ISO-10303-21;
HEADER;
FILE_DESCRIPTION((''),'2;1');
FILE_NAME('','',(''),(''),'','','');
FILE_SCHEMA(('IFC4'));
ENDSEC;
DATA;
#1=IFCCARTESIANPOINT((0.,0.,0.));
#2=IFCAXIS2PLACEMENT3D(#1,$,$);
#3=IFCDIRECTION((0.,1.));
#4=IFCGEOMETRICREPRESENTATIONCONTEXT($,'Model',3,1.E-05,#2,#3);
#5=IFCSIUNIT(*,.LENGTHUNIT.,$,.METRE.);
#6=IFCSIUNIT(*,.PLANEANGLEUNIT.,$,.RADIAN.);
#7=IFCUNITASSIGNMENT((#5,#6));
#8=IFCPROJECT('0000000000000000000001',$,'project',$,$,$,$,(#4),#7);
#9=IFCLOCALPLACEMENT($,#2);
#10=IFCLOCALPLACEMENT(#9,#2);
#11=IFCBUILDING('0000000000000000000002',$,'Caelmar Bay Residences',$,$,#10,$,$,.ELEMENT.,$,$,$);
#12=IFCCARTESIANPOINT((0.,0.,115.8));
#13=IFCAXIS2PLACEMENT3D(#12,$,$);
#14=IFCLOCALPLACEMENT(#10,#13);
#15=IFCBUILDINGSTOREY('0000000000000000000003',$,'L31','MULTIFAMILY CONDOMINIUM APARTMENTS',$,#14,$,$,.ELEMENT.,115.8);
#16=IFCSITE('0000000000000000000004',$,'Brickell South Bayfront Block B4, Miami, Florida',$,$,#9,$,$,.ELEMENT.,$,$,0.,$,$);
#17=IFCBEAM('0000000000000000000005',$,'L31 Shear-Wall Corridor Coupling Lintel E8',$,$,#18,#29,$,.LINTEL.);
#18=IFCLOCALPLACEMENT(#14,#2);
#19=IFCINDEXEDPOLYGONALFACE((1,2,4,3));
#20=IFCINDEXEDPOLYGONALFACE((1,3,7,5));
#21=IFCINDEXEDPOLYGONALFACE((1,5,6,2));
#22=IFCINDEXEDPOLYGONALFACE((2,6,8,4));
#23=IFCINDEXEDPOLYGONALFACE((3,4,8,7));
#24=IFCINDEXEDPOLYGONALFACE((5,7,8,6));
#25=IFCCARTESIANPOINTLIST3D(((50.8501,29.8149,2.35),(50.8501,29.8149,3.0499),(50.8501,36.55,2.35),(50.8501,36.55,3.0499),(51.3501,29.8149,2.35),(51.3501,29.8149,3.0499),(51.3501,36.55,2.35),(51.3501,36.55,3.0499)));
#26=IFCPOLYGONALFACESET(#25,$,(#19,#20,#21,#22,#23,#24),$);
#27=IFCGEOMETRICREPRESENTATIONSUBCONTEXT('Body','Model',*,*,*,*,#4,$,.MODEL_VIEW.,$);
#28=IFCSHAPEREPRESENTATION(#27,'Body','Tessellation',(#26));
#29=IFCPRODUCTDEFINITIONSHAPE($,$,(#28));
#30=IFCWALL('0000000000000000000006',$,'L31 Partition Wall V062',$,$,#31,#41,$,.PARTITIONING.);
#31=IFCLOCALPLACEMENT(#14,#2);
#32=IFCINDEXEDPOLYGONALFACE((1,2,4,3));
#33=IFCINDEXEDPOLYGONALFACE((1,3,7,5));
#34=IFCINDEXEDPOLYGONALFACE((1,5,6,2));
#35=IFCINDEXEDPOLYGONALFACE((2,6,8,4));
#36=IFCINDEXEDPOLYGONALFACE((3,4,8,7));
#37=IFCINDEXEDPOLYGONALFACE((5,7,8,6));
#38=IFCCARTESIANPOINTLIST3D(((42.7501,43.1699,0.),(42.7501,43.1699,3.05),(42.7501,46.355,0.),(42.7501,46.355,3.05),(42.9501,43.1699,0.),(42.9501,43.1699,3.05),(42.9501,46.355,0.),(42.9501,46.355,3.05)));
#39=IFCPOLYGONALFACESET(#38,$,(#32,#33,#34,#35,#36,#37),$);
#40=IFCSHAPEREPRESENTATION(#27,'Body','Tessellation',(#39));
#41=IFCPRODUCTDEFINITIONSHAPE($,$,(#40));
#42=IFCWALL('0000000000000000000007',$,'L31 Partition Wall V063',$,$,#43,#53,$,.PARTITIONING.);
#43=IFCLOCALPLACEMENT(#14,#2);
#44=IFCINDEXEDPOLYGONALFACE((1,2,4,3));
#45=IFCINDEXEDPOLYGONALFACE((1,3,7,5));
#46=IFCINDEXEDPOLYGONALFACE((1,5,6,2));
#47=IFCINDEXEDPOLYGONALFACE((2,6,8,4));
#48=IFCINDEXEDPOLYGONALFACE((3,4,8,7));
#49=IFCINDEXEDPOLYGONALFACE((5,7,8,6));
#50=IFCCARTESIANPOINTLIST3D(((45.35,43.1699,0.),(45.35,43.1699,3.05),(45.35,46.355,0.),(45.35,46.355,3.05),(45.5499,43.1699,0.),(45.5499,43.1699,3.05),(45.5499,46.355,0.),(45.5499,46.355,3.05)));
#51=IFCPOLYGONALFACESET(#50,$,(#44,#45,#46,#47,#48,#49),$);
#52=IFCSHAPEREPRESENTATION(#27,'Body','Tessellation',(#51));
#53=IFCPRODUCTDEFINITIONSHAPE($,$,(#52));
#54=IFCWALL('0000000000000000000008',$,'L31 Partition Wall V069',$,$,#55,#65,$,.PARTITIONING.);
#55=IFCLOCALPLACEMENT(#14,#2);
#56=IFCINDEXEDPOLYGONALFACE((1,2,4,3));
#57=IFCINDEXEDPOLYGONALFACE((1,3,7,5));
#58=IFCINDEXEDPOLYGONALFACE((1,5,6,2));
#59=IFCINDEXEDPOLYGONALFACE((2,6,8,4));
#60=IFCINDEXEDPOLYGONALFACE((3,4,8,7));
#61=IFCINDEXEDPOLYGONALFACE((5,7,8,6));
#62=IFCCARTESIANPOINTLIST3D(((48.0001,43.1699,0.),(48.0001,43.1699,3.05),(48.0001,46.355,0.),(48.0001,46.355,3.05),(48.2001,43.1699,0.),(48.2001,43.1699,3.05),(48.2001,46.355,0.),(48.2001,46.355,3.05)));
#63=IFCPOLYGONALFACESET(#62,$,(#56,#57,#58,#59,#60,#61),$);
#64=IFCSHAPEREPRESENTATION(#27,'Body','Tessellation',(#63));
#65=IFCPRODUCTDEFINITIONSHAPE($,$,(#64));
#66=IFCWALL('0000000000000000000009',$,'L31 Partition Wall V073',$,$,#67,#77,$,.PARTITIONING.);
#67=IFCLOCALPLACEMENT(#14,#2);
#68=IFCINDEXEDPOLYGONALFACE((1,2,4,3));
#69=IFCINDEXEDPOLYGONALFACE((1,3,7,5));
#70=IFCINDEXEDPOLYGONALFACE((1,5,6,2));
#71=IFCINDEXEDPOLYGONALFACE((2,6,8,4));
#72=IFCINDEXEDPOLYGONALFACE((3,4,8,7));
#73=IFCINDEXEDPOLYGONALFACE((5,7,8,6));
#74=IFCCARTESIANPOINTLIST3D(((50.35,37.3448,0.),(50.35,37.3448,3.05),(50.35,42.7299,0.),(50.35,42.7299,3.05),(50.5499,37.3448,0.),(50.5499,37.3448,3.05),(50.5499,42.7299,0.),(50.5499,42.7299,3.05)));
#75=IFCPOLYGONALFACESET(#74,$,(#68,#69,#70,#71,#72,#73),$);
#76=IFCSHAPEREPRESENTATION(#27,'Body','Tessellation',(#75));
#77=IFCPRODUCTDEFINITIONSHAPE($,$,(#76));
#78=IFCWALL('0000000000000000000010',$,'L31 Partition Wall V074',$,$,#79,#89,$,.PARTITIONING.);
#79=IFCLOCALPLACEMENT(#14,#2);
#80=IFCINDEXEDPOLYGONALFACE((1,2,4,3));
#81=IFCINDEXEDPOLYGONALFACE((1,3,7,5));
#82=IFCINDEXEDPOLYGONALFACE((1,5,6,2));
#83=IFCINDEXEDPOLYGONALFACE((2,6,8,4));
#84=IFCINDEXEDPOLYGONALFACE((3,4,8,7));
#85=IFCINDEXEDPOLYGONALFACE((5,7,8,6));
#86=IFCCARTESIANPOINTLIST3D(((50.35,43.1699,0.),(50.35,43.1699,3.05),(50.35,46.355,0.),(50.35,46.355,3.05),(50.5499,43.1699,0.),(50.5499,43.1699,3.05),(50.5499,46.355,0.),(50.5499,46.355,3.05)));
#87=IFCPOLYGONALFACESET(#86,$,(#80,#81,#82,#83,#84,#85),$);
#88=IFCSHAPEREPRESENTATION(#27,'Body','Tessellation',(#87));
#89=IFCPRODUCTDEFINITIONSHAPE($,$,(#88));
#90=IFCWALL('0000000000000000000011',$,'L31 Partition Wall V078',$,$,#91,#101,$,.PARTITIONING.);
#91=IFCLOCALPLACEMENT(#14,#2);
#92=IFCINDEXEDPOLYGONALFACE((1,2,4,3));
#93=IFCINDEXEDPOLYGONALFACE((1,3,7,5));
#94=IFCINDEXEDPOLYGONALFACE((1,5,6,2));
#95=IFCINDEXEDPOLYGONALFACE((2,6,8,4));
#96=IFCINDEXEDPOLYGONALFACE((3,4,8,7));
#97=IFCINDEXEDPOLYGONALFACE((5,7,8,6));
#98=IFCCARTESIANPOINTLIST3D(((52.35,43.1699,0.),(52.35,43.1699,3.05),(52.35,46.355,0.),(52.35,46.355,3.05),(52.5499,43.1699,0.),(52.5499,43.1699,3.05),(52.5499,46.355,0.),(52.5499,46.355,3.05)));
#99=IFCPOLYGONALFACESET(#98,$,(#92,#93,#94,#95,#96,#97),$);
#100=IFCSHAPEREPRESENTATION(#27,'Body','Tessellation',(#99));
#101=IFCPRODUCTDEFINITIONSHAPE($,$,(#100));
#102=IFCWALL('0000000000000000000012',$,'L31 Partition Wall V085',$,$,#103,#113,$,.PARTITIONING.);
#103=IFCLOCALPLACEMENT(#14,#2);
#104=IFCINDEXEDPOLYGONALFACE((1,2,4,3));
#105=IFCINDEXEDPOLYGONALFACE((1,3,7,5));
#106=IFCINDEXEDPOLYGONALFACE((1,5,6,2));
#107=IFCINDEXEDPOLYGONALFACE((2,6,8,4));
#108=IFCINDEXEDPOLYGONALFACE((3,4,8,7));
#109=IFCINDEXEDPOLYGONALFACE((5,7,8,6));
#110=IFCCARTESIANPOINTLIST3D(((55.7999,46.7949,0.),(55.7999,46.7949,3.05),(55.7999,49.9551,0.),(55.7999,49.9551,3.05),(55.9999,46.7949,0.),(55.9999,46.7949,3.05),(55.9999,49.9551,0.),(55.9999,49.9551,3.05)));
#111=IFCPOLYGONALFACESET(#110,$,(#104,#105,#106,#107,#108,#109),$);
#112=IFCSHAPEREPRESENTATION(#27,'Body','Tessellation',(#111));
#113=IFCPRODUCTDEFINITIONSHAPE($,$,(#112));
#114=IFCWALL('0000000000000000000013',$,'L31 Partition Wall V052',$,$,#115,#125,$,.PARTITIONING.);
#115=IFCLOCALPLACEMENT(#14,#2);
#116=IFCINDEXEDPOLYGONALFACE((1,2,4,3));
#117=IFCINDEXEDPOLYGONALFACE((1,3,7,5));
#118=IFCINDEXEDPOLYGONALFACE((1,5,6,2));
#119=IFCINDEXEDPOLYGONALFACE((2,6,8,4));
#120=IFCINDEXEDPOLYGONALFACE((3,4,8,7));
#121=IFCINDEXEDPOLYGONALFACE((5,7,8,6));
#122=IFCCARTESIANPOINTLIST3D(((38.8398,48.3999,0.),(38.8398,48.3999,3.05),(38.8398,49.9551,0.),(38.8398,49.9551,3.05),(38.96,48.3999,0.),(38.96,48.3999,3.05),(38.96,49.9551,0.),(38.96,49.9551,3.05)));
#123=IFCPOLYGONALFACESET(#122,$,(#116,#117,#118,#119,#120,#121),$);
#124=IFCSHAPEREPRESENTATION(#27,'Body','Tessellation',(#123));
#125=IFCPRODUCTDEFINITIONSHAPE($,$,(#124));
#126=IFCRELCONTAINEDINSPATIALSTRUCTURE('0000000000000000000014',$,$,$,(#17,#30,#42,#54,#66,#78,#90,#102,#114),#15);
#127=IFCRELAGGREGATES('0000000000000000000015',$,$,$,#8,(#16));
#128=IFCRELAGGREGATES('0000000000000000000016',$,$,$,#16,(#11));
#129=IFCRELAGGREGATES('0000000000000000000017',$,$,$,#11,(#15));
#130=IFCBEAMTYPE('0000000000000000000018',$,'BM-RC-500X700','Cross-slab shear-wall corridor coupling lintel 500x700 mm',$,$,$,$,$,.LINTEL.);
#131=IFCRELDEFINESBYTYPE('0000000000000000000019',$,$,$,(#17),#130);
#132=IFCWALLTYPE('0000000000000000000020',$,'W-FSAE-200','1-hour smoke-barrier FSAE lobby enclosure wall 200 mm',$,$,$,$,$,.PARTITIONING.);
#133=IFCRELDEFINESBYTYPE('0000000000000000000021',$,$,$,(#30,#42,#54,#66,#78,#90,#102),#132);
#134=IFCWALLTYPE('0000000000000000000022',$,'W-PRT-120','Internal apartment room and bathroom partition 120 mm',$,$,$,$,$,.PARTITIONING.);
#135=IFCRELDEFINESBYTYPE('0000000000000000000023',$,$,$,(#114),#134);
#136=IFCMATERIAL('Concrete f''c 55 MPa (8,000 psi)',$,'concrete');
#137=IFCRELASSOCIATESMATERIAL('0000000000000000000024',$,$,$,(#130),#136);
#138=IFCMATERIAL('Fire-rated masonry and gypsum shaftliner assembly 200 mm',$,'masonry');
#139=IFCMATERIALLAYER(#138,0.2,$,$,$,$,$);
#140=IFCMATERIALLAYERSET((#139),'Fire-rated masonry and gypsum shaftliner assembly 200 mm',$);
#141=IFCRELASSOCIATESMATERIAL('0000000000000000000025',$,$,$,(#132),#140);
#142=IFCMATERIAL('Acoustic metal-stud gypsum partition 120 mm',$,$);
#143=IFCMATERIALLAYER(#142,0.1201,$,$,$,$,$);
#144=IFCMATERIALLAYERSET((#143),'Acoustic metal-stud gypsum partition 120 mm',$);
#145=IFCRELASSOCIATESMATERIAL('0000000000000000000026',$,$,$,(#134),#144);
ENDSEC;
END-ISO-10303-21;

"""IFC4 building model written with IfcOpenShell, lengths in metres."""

from ifc_helpers import new_model, si_unit, direction, frame, frame_2d, origin, origin_2d, place, context, subcontext, project, spatial, rectangle, extrude, material, layer, layer_set, material_profile, profile_set, type_object, element, save


model = new_model("IFC4")

# Units and contexts
model_context = context("Model", 3, precision=1e-05, world=origin(), true_north=direction((0.0, 1.0)))
body_context = subcontext(model_context, "Body", "Model", "MODEL_VIEW")
ifc_project = project(units=[si_unit("LENGTHUNIT", "METRE"), si_unit("PLANEANGLEUNIT", "RADIAN")], contexts=[model_context])

# Site, building, storey
site_placement = place(None, origin())
site = spatial("IfcSite", under=ifc_project, at=site_placement, Name="Brickell South Bayfront Block B4, Miami, Florida", CompositionType="ELEMENT", RefElevation=0.0)
building_placement = place(site_placement, origin())
building = spatial("IfcBuilding", under=site, at=building_placement, Name="Caelmar Bay Residences", CompositionType="ELEMENT")
storey_placement = place(building_placement, frame((0.0, 0.0, 115.8)))
storey = spatial("IfcBuildingStorey", under=building, at=storey_placement, Name="L31", Description="MULTIFAMILY CONDOMINIUM APARTMENTS", CompositionType="ELEMENT", Elevation=115.8)

# Beam
ifc_material_1 = material(Name="Concrete f'c 55 MPa (8,000 psi)", Category="concrete")
ifc_material_profile_1 = material_profile(ifc_material_1, rectangle(XDim=0.5, YDim=0.7, at=origin_2d()), Name="RC-BM-500X700")
ifc_profile_set_1 = profile_set([ifc_material_profile_1], Name="Concrete f'c 55 MPa (8,000 psi)")
beam_type_1 = type_object("IfcBeamType", Name="BM-RC-500X700", Description="Cross-slab shear-wall corridor coupling lintel 500x700 mm", PredefinedType="LINTEL", material=ifc_profile_set_1)
beam_1_placement = place(storey_placement, frame((51.1001, 29.8149, 2.7), z_axis=(0.0, 1.0, 0.0), x_axis=(-1.0, 0.0, 0.0)))
element("IfcBeam", 1, at=beam_1_placement, inside=storey, type_object=beam_type_1, Name="L31 Shear-Wall Corridor Coupling Lintel E8", PredefinedType="LINTEL", context=body_context, shape_type="SweptSolid", body=[
    extrude(rectangle(XDim=0.5, YDim=0.7, at=origin_2d()), origin(), (0.0, 0.0, 1.0), 6.7351),
])

# Walls
ifc_material_2 = material(Name="Fire-rated masonry and gypsum shaftliner assembly 200 mm", Category="masonry")
ifc_layer_1 = layer(ifc_material_2, 0.2)
ifc_layer_set_1 = layer_set([ifc_layer_1], Name="Fire-rated masonry and gypsum shaftliner assembly 200 mm")
wall_type_1 = type_object("IfcWallType", Name="W-FSAE-200", Description="1-hour smoke-barrier FSAE lobby enclosure wall 200 mm", PredefinedType="PARTITIONING", material=ifc_layer_set_1)
for number, where, z_axis, x_axis, name in (
    (2, (42.8501, 43.1699, 0.0), (0.0, 0.0, 1.0), (0.0, 1.0, 0.0), "L31 Partition Wall V062"),
    (3, (45.45, 43.1699, 0.0), (0.0, 0.0, 1.0), (0.0, 1.0, 0.0), "L31 Partition Wall V063"),
    (4, (48.1001, 43.1699, 0.0), (0.0, 0.0, 1.0), (0.0, 1.0, 0.0), "L31 Partition Wall V069"),
):
    element("IfcWall", number, at=place(storey_placement, frame(where, z_axis=z_axis, x_axis=x_axis)), inside=storey, type_object=wall_type_1, Name=name, PredefinedType="PARTITIONING", context=body_context, shape_type="SweptSolid", body=[
        extrude(rectangle(XDim=3.1851, YDim=0.2, at=frame_2d((1.5925, 0.0))), origin(), (0.0, 0.0, 1.0), 3.05),
    ])
wall_1_placement = place(storey_placement, frame((50.45, 37.345, 0.0), z_axis=(0.0, 0.0, 1.0), x_axis=(0.0, 1.0, 0.0)))
element("IfcWall", 5, at=wall_1_placement, inside=storey, type_object=wall_type_1, Name="L31 Partition Wall V073", PredefinedType="PARTITIONING", context=body_context, shape_type="SweptSolid", body=[
    extrude(rectangle(XDim=5.385, YDim=0.2, at=frame_2d((2.6924, 0.0))), origin(), (0.0, 0.0, 1.0), 3.05),
])
for number, where, z_axis, x_axis, name in (
    (6, (50.45, 43.1699, 0.0), (0.0, 0.0, 1.0), (0.0, 1.0, 0.0), "L31 Partition Wall V074"),
    (7, (52.45, 43.1699, 0.0), (0.0, 0.0, 1.0), (0.0, 1.0, 0.0), "L31 Partition Wall V078"),
):
    element("IfcWall", number, at=place(storey_placement, frame(where, z_axis=z_axis, x_axis=x_axis)), inside=storey, type_object=wall_type_1, Name=name, PredefinedType="PARTITIONING", context=body_context, shape_type="SweptSolid", body=[
        extrude(rectangle(XDim=3.1851, YDim=0.2, at=frame_2d((1.5925, 0.0))), origin(), (0.0, 0.0, 1.0), 3.05),
    ])
wall_2_placement = place(storey_placement, frame((55.8999, 46.7949, 0.0), z_axis=(0.0, 0.0, 1.0), x_axis=(0.0, 1.0, 0.0)))
element("IfcWall", 8, at=wall_2_placement, inside=storey, type_object=wall_type_1, Name="L31 Partition Wall V085", PredefinedType="PARTITIONING", context=body_context, shape_type="SweptSolid", body=[
    extrude(rectangle(XDim=3.1602, YDim=0.2, at=frame_2d((1.5801, 0.0))), origin(), (0.0, 0.0, 1.0), 3.05),
])
ifc_material_3 = material(Name="Acoustic metal-stud gypsum partition 120 mm")
ifc_layer_2 = layer(ifc_material_3, 0.1201)
ifc_layer_set_2 = layer_set([ifc_layer_2], Name="Acoustic metal-stud gypsum partition 120 mm")
wall_type_2 = type_object("IfcWallType", Name="W-PRT-120", Description="Internal apartment room and bathroom partition 120 mm", PredefinedType="PARTITIONING", material=ifc_layer_set_2)
wall_3_placement = place(storey_placement, frame((38.8999, 48.3999, 0.0), z_axis=(0.0, 0.0, 1.0), x_axis=(0.0, 1.0, 0.0)))
element("IfcWall", 9, at=wall_3_placement, inside=storey, type_object=wall_type_2, Name="L31 Partition Wall V052", PredefinedType="PARTITIONING", context=body_context, shape_type="SweptSolid", body=[
    extrude(rectangle(XDim=1.5552, YDim=0.1201, at=frame_2d((0.7776, 0.0))), origin(), (0.0, 0.0, 1.0), 3.05),
])

save(model, "model.ifc")
